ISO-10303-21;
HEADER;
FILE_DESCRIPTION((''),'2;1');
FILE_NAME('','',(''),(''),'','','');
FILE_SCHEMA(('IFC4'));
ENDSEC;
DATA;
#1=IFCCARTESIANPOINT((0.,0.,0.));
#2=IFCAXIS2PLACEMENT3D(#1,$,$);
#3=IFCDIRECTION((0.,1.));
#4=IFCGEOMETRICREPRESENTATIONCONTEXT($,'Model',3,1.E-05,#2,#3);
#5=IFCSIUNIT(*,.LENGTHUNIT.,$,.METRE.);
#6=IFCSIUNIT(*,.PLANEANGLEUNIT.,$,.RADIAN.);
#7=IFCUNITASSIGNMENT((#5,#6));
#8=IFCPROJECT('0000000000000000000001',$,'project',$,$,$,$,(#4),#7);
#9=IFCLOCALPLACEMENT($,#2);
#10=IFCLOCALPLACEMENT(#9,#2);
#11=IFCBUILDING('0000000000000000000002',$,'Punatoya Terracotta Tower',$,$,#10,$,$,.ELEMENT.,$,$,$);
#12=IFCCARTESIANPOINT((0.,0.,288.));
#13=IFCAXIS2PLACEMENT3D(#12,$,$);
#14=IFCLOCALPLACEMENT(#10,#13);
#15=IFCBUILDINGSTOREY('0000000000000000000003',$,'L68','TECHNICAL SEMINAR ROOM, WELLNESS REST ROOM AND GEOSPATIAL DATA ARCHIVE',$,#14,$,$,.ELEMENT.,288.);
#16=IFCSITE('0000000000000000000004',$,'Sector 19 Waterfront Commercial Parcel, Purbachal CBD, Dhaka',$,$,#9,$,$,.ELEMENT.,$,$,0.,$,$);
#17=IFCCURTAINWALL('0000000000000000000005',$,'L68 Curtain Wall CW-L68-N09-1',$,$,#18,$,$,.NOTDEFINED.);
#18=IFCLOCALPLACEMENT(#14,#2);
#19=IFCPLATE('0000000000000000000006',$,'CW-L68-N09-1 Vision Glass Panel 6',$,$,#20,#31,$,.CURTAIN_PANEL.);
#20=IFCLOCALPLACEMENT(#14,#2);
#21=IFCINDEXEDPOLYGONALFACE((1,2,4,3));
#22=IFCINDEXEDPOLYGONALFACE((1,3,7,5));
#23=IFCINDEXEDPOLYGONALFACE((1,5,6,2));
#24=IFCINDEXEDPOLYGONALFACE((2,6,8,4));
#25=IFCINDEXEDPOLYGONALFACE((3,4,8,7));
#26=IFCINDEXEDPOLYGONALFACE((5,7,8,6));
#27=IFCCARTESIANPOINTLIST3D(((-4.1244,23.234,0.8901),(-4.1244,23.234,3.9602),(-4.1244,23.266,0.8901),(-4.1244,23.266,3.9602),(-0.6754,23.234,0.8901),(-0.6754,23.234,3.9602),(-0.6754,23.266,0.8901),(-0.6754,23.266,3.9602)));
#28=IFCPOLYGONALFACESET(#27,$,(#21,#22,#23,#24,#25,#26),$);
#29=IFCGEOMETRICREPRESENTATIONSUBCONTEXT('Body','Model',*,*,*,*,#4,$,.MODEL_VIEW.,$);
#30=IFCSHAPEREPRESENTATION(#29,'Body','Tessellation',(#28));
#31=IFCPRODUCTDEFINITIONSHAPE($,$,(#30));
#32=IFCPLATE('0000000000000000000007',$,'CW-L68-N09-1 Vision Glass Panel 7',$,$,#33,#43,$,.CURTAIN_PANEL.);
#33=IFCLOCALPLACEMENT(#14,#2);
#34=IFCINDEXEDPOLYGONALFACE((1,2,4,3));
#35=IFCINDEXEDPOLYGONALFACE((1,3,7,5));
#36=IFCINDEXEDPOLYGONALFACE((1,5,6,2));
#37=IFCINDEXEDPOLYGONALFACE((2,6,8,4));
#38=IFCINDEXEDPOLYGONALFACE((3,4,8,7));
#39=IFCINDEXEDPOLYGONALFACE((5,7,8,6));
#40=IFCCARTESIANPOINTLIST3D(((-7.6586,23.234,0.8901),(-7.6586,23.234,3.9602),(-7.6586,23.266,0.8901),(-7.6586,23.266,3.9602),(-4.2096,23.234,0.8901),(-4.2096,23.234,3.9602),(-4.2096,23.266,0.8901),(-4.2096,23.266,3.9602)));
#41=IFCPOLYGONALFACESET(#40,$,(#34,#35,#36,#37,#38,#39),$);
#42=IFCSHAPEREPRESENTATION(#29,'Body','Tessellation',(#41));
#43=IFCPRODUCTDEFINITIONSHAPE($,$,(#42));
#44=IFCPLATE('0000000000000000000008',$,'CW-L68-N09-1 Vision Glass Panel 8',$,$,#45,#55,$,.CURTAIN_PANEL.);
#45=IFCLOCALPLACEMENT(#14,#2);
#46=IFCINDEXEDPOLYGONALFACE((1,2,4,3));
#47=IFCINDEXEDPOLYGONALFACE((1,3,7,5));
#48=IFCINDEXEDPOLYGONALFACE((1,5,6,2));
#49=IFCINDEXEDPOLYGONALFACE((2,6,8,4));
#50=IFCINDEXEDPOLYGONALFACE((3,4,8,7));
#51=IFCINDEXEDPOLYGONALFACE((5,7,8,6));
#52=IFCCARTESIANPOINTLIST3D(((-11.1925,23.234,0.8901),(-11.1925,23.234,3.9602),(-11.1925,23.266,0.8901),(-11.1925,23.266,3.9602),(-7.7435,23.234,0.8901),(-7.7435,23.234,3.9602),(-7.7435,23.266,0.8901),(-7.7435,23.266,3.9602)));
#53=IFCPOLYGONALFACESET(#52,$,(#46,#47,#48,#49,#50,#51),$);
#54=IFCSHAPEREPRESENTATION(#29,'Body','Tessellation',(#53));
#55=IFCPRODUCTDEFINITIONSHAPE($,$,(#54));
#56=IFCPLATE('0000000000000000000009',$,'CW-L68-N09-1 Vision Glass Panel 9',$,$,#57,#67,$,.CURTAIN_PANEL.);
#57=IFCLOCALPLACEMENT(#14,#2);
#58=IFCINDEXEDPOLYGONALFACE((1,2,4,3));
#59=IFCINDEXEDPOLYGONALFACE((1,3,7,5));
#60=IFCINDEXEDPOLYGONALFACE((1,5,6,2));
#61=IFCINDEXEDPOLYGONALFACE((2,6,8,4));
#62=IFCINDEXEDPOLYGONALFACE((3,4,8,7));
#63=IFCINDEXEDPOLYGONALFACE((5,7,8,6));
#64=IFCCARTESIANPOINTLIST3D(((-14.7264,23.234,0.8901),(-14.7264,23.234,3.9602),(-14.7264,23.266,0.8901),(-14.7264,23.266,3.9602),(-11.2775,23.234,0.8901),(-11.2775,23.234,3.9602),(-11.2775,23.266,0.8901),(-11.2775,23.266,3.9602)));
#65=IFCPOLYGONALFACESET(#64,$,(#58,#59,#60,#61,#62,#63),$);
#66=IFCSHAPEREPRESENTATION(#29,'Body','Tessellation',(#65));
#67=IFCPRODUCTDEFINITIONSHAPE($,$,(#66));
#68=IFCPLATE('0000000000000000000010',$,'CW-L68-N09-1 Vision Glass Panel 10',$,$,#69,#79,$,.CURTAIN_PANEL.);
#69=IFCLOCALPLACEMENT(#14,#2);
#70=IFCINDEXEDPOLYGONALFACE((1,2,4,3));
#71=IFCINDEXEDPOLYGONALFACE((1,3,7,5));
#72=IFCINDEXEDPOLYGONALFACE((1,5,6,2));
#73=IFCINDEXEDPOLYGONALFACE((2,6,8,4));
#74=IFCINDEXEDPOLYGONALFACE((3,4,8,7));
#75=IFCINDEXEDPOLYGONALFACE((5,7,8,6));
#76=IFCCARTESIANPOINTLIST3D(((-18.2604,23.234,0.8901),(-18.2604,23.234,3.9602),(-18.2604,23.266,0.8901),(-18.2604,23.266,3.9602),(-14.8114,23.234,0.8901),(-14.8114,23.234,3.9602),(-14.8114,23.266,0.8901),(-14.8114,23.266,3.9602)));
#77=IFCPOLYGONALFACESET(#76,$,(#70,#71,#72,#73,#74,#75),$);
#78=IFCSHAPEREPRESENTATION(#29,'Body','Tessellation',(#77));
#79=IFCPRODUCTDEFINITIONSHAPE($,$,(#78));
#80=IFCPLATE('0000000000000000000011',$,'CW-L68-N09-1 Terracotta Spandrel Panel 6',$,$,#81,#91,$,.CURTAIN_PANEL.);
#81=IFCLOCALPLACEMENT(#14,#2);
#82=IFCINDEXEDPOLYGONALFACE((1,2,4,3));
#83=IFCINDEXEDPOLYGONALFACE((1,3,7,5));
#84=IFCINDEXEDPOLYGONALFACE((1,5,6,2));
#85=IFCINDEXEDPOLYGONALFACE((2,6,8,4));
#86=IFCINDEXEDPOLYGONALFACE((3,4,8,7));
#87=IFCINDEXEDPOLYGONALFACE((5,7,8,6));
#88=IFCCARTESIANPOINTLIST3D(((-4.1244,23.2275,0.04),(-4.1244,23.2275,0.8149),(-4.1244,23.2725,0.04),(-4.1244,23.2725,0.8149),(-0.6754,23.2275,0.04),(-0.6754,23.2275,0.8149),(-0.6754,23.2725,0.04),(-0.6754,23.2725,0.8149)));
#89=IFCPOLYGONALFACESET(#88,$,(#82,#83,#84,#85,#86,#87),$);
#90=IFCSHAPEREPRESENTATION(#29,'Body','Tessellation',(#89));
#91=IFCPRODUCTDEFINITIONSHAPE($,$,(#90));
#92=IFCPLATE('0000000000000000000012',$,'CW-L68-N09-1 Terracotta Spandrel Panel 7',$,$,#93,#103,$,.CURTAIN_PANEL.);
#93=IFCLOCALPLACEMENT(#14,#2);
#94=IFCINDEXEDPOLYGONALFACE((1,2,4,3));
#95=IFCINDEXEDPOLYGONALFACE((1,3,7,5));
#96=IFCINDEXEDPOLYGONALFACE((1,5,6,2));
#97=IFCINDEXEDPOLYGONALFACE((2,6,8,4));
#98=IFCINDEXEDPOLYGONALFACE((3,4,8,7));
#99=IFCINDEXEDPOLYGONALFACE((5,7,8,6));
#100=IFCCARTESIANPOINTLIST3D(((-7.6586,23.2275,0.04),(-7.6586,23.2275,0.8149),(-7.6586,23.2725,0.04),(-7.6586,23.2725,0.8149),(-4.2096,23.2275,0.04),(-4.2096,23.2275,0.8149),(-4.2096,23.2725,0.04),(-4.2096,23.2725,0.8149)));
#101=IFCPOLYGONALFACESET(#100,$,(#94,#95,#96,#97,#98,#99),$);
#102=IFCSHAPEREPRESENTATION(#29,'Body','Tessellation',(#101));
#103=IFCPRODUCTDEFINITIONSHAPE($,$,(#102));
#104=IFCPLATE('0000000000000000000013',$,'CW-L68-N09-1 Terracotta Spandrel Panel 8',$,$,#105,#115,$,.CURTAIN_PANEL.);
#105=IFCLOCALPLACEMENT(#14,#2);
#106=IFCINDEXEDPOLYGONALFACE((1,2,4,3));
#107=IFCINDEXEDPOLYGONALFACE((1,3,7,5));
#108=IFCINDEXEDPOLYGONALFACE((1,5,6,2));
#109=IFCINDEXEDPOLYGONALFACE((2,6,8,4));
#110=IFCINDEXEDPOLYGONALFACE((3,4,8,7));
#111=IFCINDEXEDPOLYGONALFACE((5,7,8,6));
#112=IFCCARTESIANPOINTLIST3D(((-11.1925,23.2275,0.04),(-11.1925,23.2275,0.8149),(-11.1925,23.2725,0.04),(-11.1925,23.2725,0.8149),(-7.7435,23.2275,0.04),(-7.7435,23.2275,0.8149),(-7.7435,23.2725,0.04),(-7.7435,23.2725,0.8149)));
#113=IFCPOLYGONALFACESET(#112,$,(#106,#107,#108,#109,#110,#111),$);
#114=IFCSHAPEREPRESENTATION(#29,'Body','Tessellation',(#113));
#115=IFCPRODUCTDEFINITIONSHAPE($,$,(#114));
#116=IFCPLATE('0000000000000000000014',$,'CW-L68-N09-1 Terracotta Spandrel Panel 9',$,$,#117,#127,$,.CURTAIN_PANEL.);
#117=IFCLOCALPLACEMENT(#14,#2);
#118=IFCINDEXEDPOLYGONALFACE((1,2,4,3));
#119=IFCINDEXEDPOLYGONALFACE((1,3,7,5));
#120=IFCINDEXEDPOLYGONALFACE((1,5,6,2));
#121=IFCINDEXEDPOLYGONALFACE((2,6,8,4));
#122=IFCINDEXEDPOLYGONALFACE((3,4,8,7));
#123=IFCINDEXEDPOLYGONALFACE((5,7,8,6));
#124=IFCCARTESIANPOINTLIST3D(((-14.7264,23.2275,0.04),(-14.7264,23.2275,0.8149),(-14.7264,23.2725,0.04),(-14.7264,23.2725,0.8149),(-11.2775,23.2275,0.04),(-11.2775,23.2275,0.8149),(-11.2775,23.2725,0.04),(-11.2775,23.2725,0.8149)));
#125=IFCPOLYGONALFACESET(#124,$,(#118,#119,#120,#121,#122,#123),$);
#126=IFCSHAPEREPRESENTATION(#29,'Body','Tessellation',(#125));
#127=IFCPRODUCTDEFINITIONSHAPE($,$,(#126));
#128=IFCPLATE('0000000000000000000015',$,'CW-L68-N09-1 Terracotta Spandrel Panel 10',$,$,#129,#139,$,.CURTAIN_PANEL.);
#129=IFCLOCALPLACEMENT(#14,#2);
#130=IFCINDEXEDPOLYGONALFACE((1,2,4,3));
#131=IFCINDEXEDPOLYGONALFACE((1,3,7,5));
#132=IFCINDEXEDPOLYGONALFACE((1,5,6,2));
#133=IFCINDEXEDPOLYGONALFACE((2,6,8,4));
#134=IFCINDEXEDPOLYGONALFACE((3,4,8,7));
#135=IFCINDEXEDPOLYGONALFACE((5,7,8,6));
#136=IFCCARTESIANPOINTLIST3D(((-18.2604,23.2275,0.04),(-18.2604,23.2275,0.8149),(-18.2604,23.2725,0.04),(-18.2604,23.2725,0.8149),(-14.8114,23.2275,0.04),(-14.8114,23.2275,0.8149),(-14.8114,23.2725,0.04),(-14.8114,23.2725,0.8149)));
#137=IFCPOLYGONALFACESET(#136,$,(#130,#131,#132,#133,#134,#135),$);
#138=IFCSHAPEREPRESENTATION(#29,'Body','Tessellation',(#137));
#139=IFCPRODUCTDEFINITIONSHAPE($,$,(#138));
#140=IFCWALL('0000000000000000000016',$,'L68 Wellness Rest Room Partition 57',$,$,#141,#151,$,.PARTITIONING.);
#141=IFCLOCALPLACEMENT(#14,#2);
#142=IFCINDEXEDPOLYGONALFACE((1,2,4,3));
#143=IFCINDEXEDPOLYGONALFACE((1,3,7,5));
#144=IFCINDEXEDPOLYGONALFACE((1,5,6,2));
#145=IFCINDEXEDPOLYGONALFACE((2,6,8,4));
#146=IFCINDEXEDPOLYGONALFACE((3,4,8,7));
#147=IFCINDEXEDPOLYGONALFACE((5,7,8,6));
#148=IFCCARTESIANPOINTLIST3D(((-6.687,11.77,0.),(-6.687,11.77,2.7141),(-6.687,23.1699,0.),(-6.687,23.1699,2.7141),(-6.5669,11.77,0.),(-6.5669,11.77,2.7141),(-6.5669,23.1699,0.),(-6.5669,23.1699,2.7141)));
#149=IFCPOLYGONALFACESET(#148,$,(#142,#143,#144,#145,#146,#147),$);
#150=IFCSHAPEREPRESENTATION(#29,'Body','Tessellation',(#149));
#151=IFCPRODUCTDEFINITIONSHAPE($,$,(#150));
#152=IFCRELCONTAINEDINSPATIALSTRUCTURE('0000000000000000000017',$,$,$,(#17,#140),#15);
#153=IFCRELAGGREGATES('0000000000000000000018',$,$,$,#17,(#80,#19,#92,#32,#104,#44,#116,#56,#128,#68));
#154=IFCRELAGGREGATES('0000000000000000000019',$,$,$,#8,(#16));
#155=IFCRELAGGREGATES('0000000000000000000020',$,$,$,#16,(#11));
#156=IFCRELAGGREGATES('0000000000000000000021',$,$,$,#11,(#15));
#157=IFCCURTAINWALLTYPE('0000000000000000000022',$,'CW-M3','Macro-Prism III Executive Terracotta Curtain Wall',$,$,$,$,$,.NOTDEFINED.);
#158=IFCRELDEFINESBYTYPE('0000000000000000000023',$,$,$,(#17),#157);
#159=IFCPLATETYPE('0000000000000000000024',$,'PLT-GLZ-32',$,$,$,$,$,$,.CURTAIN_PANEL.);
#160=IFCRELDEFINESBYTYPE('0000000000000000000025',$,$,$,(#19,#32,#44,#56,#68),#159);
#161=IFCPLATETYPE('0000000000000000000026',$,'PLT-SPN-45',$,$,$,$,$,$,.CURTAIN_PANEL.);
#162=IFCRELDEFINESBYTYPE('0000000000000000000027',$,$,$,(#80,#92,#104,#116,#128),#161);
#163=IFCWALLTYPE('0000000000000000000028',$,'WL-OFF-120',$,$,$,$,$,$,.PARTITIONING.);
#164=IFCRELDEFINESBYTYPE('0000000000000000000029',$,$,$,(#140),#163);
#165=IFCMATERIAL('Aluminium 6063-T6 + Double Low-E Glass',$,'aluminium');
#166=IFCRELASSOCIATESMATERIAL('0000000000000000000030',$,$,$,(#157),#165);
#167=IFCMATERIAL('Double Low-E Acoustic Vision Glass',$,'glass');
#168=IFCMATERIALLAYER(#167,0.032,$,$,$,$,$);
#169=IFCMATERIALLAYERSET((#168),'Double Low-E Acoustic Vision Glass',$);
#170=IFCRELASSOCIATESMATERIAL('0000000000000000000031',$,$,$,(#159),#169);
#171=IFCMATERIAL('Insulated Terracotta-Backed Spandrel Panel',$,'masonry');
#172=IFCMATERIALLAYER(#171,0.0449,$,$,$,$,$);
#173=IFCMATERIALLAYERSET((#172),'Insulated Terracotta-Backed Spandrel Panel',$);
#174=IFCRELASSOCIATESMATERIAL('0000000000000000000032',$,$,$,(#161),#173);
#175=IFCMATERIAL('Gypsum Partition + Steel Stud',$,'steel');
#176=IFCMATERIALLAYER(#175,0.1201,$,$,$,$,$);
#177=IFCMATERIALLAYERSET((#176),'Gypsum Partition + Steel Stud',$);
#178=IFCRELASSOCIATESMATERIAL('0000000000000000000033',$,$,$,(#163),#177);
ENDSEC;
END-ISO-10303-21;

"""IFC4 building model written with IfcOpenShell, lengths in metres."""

from ifc_helpers import new_model, si_unit, direction, frame, frame_2d, origin, origin_2d, place, context, subcontext, project, spatial, rectangle, extrude, material, layer, layer_set, type_object, element, aggregate, save


model = new_model("IFC4")

# Units and contexts
model_context = context("Model", 3, precision=1e-05, world=origin(), true_north=direction((0.0, 1.0)))
body_context = subcontext(model_context, "Body", "Model", "MODEL_VIEW")
ifc_project = project(units=[si_unit("LENGTHUNIT", "METRE"), si_unit("PLANEANGLEUNIT", "RADIAN")], contexts=[model_context])

# Site, building, storey
site_placement = place(None, origin())
site = spatial("IfcSite", under=ifc_project, at=site_placement, Name="Sector 19 Waterfront Commercial Parcel, Purbachal CBD, Dhaka", CompositionType="ELEMENT", RefElevation=0.0)
building_placement = place(site_placement, origin())
building = spatial("IfcBuilding", under=site, at=building_placement, Name="Punatoya Terracotta Tower", CompositionType="ELEMENT")
storey_placement = place(building_placement, frame((0.0, 0.0, 288.0)))
storey = spatial("IfcBuildingStorey", under=building, at=storey_placement, Name="L68", Description="TECHNICAL SEMINAR ROOM, WELLNESS REST ROOM AND GEOSPATIAL DATA ARCHIVE", CompositionType="ELEMENT", Elevation=288.0)

# Curtain wall, plates
ifc_material_1 = material(Name="Aluminium 6063-T6 + Double Low-E Glass", Category="aluminium")
curtain_wall_type = type_object("IfcCurtainWallType", Name="CW-M3", Description="Macro-Prism III Executive Terracotta Curtain Wall", PredefinedType="NOTDEFINED", material=ifc_material_1)
curtain_wall_placement = place(storey_placement, origin())
curtain_wall = element("IfcCurtainWall", 1, at=curtain_wall_placement, inside=storey, type_object=curtain_wall_type, Name="L68 Curtain Wall CW-L68-N09-1", PredefinedType="NOTDEFINED")
ifc_material_2 = material(Name="Double Low-E Acoustic Vision Glass", Category="glass")
ifc_layer_1 = layer(ifc_material_2, 0.032)
ifc_layer_set_1 = layer_set([ifc_layer_1], Name="Double Low-E Acoustic Vision Glass")
plate_type_1 = type_object("IfcPlateType", Name="PLT-GLZ-32", PredefinedType="CURTAIN_PANEL", material=ifc_layer_set_1)
plate_1_placement = place(storey_placement, frame((-2.3999, 23.25, 0.8901), z_axis=(0.0, 0.0, 1.0), x_axis=(-1.0, 0.0, 0.0)))
plate_1 = element("IfcPlate", 2, at=plate_1_placement, type_object=plate_type_1, Name="CW-L68-N09-1 Vision Glass Panel 6", PredefinedType="CURTAIN_PANEL", context=body_context, shape_type="SweptSolid", body=[
    extrude(rectangle(XDim=3.449, YDim=0.032, at=origin_2d()), origin(), (0.0, 0.0, 1.0), 3.0701),
])
plate_2_placement = place(storey_placement, frame((-5.9341, 23.25, 0.8901), z_axis=(0.0, 0.0, 1.0), x_axis=(-1.0, 0.0, 0.0)))
plate_2 = element("IfcPlate", 3, at=plate_2_placement, type_object=plate_type_1, Name="CW-L68-N09-1 Vision Glass Panel 7", PredefinedType="CURTAIN_PANEL", context=body_context, shape_type="SweptSolid", body=[
    extrude(rectangle(XDim=3.449, YDim=0.032, at=origin_2d()), origin(), (0.0, 0.0, 1.0), 3.0701),
])
plate_3_placement = place(storey_placement, frame((-9.468, 23.25, 0.8901), z_axis=(0.0, 0.0, 1.0), x_axis=(-1.0, 0.0, 0.0)))
plate_3 = element("IfcPlate", 4, at=plate_3_placement, type_object=plate_type_1, Name="CW-L68-N09-1 Vision Glass Panel 8", PredefinedType="CURTAIN_PANEL", context=body_context, shape_type="SweptSolid", body=[
    extrude(rectangle(XDim=3.449, YDim=0.032, at=origin_2d()), origin(), (0.0, 0.0, 1.0), 3.0701),
])
plate_4_placement = place(storey_placement, frame((-13.002, 23.25, 0.8901), z_axis=(0.0, 0.0, 1.0), x_axis=(-1.0, 0.0, 0.0)))
plate_4 = element("IfcPlate", 5, at=plate_4_placement, type_object=plate_type_1, Name="CW-L68-N09-1 Vision Glass Panel 9", PredefinedType="CURTAIN_PANEL", context=body_context, shape_type="SweptSolid", body=[
    extrude(rectangle(XDim=3.449, YDim=0.032, at=origin_2d()), origin(), (0.0, 0.0, 1.0), 3.0701),
])
plate_5_placement = place(storey_placement, frame((-16.5359, 23.25, 0.8901), z_axis=(0.0, 0.0, 1.0), x_axis=(-1.0, 0.0, 0.0)))
plate_5 = element("IfcPlate", 6, at=plate_5_placement, type_object=plate_type_1, Name="CW-L68-N09-1 Vision Glass Panel 10", PredefinedType="CURTAIN_PANEL", context=body_context, shape_type="SweptSolid", body=[
    extrude(rectangle(XDim=3.449, YDim=0.032, at=origin_2d()), origin(), (0.0, 0.0, 1.0), 3.0701),
])
ifc_material_3 = material(Name="Insulated Terracotta-Backed Spandrel Panel", Category="masonry")
ifc_layer_2 = layer(ifc_material_3, 0.0449)
ifc_layer_set_2 = layer_set([ifc_layer_2], Name="Insulated Terracotta-Backed Spandrel Panel")
plate_type_2 = type_object("IfcPlateType", Name="PLT-SPN-45", PredefinedType="CURTAIN_PANEL", material=ifc_layer_set_2)
plate_6_placement = place(storey_placement, frame((-2.3999, 23.25, 0.04), z_axis=(0.0, 0.0, 1.0), x_axis=(-1.0, 0.0, 0.0)))
plate_6 = element("IfcPlate", 7, at=plate_6_placement, type_object=plate_type_2, Name="CW-L68-N09-1 Terracotta Spandrel Panel 6", PredefinedType="CURTAIN_PANEL", context=body_context, shape_type="SweptSolid", body=[
    extrude(rectangle(XDim=3.449, YDim=0.0449, at=origin_2d()), origin(), (0.0, 0.0, 1.0), 0.7749),
])
plate_7_placement = place(storey_placement, frame((-5.9341, 23.25, 0.04), z_axis=(0.0, 0.0, 1.0), x_axis=(-1.0, 0.0, 0.0)))
plate_7 = element("IfcPlate", 8, at=plate_7_placement, type_object=plate_type_2, Name="CW-L68-N09-1 Terracotta Spandrel Panel 7", PredefinedType="CURTAIN_PANEL", context=body_context, shape_type="SweptSolid", body=[
    extrude(rectangle(XDim=3.449, YDim=0.0449, at=origin_2d()), origin(), (0.0, 0.0, 1.0), 0.7749),
])
plate_8_placement = place(storey_placement, frame((-9.468, 23.25, 0.04), z_axis=(0.0, 0.0, 1.0), x_axis=(-1.0, 0.0, 0.0)))
plate_8 = element("IfcPlate", 9, at=plate_8_placement, type_object=plate_type_2, Name="CW-L68-N09-1 Terracotta Spandrel Panel 8", PredefinedType="CURTAIN_PANEL", context=body_context, shape_type="SweptSolid", body=[
    extrude(rectangle(XDim=3.449, YDim=0.0449, at=origin_2d()), origin(), (0.0, 0.0, 1.0), 0.7749),
])
plate_9_placement = place(storey_placement, frame((-13.002, 23.25, 0.04), z_axis=(0.0, 0.0, 1.0), x_axis=(-1.0, 0.0, 0.0)))
plate_9 = element("IfcPlate", 10, at=plate_9_placement, type_object=plate_type_2, Name="CW-L68-N09-1 Terracotta Spandrel Panel 9", PredefinedType="CURTAIN_PANEL", context=body_context, shape_type="SweptSolid", body=[
    extrude(rectangle(XDim=3.449, YDim=0.0449, at=origin_2d()), origin(), (0.0, 0.0, 1.0), 0.7749),
])
plate_10_placement = place(storey_placement, frame((-16.5359, 23.25, 0.04), z_axis=(0.0, 0.0, 1.0), x_axis=(-1.0, 0.0, 0.0)))
plate_10 = element("IfcPlate", 11, at=plate_10_placement, type_object=plate_type_2, Name="CW-L68-N09-1 Terracotta Spandrel Panel 10", PredefinedType="CURTAIN_PANEL", context=body_context, shape_type="SweptSolid", body=[
    extrude(rectangle(XDim=3.449, YDim=0.0449, at=origin_2d()), origin(), (0.0, 0.0, 1.0), 0.7749),
])
aggregate(curtain_wall, [plate_6, plate_1, plate_7, plate_2, plate_8, plate_3, plate_9, plate_4, plate_10, plate_5])

# Wall
ifc_material_4 = material(Name="Gypsum Partition + Steel Stud", Category="steel")
ifc_layer_3 = layer(ifc_material_4, 0.1201)
ifc_layer_set_3 = layer_set([ifc_layer_3], Name="Gypsum Partition + Steel Stud")
wall_type = type_object("IfcWallType", Name="WL-OFF-120", PredefinedType="PARTITIONING", material=ifc_layer_set_3)
wall_placement = place(storey_placement, frame((-6.627, 23.1699, 0.0), z_axis=(0.0, 0.0, 1.0), x_axis=(0.0, -1.0, 0.0)))
element("IfcWall", 12, at=wall_placement, inside=storey, type_object=wall_type, Name="L68 Wellness Rest Room Partition 57", PredefinedType="PARTITIONING", context=body_context, shape_type="SweptSolid", body=[
    extrude(rectangle(XDim=11.3999, YDim=0.1201, at=frame_2d((5.7, 0.0))), origin(), (0.0, 0.0, 1.0), 2.7141),
])

save(model, "model.ifc")
